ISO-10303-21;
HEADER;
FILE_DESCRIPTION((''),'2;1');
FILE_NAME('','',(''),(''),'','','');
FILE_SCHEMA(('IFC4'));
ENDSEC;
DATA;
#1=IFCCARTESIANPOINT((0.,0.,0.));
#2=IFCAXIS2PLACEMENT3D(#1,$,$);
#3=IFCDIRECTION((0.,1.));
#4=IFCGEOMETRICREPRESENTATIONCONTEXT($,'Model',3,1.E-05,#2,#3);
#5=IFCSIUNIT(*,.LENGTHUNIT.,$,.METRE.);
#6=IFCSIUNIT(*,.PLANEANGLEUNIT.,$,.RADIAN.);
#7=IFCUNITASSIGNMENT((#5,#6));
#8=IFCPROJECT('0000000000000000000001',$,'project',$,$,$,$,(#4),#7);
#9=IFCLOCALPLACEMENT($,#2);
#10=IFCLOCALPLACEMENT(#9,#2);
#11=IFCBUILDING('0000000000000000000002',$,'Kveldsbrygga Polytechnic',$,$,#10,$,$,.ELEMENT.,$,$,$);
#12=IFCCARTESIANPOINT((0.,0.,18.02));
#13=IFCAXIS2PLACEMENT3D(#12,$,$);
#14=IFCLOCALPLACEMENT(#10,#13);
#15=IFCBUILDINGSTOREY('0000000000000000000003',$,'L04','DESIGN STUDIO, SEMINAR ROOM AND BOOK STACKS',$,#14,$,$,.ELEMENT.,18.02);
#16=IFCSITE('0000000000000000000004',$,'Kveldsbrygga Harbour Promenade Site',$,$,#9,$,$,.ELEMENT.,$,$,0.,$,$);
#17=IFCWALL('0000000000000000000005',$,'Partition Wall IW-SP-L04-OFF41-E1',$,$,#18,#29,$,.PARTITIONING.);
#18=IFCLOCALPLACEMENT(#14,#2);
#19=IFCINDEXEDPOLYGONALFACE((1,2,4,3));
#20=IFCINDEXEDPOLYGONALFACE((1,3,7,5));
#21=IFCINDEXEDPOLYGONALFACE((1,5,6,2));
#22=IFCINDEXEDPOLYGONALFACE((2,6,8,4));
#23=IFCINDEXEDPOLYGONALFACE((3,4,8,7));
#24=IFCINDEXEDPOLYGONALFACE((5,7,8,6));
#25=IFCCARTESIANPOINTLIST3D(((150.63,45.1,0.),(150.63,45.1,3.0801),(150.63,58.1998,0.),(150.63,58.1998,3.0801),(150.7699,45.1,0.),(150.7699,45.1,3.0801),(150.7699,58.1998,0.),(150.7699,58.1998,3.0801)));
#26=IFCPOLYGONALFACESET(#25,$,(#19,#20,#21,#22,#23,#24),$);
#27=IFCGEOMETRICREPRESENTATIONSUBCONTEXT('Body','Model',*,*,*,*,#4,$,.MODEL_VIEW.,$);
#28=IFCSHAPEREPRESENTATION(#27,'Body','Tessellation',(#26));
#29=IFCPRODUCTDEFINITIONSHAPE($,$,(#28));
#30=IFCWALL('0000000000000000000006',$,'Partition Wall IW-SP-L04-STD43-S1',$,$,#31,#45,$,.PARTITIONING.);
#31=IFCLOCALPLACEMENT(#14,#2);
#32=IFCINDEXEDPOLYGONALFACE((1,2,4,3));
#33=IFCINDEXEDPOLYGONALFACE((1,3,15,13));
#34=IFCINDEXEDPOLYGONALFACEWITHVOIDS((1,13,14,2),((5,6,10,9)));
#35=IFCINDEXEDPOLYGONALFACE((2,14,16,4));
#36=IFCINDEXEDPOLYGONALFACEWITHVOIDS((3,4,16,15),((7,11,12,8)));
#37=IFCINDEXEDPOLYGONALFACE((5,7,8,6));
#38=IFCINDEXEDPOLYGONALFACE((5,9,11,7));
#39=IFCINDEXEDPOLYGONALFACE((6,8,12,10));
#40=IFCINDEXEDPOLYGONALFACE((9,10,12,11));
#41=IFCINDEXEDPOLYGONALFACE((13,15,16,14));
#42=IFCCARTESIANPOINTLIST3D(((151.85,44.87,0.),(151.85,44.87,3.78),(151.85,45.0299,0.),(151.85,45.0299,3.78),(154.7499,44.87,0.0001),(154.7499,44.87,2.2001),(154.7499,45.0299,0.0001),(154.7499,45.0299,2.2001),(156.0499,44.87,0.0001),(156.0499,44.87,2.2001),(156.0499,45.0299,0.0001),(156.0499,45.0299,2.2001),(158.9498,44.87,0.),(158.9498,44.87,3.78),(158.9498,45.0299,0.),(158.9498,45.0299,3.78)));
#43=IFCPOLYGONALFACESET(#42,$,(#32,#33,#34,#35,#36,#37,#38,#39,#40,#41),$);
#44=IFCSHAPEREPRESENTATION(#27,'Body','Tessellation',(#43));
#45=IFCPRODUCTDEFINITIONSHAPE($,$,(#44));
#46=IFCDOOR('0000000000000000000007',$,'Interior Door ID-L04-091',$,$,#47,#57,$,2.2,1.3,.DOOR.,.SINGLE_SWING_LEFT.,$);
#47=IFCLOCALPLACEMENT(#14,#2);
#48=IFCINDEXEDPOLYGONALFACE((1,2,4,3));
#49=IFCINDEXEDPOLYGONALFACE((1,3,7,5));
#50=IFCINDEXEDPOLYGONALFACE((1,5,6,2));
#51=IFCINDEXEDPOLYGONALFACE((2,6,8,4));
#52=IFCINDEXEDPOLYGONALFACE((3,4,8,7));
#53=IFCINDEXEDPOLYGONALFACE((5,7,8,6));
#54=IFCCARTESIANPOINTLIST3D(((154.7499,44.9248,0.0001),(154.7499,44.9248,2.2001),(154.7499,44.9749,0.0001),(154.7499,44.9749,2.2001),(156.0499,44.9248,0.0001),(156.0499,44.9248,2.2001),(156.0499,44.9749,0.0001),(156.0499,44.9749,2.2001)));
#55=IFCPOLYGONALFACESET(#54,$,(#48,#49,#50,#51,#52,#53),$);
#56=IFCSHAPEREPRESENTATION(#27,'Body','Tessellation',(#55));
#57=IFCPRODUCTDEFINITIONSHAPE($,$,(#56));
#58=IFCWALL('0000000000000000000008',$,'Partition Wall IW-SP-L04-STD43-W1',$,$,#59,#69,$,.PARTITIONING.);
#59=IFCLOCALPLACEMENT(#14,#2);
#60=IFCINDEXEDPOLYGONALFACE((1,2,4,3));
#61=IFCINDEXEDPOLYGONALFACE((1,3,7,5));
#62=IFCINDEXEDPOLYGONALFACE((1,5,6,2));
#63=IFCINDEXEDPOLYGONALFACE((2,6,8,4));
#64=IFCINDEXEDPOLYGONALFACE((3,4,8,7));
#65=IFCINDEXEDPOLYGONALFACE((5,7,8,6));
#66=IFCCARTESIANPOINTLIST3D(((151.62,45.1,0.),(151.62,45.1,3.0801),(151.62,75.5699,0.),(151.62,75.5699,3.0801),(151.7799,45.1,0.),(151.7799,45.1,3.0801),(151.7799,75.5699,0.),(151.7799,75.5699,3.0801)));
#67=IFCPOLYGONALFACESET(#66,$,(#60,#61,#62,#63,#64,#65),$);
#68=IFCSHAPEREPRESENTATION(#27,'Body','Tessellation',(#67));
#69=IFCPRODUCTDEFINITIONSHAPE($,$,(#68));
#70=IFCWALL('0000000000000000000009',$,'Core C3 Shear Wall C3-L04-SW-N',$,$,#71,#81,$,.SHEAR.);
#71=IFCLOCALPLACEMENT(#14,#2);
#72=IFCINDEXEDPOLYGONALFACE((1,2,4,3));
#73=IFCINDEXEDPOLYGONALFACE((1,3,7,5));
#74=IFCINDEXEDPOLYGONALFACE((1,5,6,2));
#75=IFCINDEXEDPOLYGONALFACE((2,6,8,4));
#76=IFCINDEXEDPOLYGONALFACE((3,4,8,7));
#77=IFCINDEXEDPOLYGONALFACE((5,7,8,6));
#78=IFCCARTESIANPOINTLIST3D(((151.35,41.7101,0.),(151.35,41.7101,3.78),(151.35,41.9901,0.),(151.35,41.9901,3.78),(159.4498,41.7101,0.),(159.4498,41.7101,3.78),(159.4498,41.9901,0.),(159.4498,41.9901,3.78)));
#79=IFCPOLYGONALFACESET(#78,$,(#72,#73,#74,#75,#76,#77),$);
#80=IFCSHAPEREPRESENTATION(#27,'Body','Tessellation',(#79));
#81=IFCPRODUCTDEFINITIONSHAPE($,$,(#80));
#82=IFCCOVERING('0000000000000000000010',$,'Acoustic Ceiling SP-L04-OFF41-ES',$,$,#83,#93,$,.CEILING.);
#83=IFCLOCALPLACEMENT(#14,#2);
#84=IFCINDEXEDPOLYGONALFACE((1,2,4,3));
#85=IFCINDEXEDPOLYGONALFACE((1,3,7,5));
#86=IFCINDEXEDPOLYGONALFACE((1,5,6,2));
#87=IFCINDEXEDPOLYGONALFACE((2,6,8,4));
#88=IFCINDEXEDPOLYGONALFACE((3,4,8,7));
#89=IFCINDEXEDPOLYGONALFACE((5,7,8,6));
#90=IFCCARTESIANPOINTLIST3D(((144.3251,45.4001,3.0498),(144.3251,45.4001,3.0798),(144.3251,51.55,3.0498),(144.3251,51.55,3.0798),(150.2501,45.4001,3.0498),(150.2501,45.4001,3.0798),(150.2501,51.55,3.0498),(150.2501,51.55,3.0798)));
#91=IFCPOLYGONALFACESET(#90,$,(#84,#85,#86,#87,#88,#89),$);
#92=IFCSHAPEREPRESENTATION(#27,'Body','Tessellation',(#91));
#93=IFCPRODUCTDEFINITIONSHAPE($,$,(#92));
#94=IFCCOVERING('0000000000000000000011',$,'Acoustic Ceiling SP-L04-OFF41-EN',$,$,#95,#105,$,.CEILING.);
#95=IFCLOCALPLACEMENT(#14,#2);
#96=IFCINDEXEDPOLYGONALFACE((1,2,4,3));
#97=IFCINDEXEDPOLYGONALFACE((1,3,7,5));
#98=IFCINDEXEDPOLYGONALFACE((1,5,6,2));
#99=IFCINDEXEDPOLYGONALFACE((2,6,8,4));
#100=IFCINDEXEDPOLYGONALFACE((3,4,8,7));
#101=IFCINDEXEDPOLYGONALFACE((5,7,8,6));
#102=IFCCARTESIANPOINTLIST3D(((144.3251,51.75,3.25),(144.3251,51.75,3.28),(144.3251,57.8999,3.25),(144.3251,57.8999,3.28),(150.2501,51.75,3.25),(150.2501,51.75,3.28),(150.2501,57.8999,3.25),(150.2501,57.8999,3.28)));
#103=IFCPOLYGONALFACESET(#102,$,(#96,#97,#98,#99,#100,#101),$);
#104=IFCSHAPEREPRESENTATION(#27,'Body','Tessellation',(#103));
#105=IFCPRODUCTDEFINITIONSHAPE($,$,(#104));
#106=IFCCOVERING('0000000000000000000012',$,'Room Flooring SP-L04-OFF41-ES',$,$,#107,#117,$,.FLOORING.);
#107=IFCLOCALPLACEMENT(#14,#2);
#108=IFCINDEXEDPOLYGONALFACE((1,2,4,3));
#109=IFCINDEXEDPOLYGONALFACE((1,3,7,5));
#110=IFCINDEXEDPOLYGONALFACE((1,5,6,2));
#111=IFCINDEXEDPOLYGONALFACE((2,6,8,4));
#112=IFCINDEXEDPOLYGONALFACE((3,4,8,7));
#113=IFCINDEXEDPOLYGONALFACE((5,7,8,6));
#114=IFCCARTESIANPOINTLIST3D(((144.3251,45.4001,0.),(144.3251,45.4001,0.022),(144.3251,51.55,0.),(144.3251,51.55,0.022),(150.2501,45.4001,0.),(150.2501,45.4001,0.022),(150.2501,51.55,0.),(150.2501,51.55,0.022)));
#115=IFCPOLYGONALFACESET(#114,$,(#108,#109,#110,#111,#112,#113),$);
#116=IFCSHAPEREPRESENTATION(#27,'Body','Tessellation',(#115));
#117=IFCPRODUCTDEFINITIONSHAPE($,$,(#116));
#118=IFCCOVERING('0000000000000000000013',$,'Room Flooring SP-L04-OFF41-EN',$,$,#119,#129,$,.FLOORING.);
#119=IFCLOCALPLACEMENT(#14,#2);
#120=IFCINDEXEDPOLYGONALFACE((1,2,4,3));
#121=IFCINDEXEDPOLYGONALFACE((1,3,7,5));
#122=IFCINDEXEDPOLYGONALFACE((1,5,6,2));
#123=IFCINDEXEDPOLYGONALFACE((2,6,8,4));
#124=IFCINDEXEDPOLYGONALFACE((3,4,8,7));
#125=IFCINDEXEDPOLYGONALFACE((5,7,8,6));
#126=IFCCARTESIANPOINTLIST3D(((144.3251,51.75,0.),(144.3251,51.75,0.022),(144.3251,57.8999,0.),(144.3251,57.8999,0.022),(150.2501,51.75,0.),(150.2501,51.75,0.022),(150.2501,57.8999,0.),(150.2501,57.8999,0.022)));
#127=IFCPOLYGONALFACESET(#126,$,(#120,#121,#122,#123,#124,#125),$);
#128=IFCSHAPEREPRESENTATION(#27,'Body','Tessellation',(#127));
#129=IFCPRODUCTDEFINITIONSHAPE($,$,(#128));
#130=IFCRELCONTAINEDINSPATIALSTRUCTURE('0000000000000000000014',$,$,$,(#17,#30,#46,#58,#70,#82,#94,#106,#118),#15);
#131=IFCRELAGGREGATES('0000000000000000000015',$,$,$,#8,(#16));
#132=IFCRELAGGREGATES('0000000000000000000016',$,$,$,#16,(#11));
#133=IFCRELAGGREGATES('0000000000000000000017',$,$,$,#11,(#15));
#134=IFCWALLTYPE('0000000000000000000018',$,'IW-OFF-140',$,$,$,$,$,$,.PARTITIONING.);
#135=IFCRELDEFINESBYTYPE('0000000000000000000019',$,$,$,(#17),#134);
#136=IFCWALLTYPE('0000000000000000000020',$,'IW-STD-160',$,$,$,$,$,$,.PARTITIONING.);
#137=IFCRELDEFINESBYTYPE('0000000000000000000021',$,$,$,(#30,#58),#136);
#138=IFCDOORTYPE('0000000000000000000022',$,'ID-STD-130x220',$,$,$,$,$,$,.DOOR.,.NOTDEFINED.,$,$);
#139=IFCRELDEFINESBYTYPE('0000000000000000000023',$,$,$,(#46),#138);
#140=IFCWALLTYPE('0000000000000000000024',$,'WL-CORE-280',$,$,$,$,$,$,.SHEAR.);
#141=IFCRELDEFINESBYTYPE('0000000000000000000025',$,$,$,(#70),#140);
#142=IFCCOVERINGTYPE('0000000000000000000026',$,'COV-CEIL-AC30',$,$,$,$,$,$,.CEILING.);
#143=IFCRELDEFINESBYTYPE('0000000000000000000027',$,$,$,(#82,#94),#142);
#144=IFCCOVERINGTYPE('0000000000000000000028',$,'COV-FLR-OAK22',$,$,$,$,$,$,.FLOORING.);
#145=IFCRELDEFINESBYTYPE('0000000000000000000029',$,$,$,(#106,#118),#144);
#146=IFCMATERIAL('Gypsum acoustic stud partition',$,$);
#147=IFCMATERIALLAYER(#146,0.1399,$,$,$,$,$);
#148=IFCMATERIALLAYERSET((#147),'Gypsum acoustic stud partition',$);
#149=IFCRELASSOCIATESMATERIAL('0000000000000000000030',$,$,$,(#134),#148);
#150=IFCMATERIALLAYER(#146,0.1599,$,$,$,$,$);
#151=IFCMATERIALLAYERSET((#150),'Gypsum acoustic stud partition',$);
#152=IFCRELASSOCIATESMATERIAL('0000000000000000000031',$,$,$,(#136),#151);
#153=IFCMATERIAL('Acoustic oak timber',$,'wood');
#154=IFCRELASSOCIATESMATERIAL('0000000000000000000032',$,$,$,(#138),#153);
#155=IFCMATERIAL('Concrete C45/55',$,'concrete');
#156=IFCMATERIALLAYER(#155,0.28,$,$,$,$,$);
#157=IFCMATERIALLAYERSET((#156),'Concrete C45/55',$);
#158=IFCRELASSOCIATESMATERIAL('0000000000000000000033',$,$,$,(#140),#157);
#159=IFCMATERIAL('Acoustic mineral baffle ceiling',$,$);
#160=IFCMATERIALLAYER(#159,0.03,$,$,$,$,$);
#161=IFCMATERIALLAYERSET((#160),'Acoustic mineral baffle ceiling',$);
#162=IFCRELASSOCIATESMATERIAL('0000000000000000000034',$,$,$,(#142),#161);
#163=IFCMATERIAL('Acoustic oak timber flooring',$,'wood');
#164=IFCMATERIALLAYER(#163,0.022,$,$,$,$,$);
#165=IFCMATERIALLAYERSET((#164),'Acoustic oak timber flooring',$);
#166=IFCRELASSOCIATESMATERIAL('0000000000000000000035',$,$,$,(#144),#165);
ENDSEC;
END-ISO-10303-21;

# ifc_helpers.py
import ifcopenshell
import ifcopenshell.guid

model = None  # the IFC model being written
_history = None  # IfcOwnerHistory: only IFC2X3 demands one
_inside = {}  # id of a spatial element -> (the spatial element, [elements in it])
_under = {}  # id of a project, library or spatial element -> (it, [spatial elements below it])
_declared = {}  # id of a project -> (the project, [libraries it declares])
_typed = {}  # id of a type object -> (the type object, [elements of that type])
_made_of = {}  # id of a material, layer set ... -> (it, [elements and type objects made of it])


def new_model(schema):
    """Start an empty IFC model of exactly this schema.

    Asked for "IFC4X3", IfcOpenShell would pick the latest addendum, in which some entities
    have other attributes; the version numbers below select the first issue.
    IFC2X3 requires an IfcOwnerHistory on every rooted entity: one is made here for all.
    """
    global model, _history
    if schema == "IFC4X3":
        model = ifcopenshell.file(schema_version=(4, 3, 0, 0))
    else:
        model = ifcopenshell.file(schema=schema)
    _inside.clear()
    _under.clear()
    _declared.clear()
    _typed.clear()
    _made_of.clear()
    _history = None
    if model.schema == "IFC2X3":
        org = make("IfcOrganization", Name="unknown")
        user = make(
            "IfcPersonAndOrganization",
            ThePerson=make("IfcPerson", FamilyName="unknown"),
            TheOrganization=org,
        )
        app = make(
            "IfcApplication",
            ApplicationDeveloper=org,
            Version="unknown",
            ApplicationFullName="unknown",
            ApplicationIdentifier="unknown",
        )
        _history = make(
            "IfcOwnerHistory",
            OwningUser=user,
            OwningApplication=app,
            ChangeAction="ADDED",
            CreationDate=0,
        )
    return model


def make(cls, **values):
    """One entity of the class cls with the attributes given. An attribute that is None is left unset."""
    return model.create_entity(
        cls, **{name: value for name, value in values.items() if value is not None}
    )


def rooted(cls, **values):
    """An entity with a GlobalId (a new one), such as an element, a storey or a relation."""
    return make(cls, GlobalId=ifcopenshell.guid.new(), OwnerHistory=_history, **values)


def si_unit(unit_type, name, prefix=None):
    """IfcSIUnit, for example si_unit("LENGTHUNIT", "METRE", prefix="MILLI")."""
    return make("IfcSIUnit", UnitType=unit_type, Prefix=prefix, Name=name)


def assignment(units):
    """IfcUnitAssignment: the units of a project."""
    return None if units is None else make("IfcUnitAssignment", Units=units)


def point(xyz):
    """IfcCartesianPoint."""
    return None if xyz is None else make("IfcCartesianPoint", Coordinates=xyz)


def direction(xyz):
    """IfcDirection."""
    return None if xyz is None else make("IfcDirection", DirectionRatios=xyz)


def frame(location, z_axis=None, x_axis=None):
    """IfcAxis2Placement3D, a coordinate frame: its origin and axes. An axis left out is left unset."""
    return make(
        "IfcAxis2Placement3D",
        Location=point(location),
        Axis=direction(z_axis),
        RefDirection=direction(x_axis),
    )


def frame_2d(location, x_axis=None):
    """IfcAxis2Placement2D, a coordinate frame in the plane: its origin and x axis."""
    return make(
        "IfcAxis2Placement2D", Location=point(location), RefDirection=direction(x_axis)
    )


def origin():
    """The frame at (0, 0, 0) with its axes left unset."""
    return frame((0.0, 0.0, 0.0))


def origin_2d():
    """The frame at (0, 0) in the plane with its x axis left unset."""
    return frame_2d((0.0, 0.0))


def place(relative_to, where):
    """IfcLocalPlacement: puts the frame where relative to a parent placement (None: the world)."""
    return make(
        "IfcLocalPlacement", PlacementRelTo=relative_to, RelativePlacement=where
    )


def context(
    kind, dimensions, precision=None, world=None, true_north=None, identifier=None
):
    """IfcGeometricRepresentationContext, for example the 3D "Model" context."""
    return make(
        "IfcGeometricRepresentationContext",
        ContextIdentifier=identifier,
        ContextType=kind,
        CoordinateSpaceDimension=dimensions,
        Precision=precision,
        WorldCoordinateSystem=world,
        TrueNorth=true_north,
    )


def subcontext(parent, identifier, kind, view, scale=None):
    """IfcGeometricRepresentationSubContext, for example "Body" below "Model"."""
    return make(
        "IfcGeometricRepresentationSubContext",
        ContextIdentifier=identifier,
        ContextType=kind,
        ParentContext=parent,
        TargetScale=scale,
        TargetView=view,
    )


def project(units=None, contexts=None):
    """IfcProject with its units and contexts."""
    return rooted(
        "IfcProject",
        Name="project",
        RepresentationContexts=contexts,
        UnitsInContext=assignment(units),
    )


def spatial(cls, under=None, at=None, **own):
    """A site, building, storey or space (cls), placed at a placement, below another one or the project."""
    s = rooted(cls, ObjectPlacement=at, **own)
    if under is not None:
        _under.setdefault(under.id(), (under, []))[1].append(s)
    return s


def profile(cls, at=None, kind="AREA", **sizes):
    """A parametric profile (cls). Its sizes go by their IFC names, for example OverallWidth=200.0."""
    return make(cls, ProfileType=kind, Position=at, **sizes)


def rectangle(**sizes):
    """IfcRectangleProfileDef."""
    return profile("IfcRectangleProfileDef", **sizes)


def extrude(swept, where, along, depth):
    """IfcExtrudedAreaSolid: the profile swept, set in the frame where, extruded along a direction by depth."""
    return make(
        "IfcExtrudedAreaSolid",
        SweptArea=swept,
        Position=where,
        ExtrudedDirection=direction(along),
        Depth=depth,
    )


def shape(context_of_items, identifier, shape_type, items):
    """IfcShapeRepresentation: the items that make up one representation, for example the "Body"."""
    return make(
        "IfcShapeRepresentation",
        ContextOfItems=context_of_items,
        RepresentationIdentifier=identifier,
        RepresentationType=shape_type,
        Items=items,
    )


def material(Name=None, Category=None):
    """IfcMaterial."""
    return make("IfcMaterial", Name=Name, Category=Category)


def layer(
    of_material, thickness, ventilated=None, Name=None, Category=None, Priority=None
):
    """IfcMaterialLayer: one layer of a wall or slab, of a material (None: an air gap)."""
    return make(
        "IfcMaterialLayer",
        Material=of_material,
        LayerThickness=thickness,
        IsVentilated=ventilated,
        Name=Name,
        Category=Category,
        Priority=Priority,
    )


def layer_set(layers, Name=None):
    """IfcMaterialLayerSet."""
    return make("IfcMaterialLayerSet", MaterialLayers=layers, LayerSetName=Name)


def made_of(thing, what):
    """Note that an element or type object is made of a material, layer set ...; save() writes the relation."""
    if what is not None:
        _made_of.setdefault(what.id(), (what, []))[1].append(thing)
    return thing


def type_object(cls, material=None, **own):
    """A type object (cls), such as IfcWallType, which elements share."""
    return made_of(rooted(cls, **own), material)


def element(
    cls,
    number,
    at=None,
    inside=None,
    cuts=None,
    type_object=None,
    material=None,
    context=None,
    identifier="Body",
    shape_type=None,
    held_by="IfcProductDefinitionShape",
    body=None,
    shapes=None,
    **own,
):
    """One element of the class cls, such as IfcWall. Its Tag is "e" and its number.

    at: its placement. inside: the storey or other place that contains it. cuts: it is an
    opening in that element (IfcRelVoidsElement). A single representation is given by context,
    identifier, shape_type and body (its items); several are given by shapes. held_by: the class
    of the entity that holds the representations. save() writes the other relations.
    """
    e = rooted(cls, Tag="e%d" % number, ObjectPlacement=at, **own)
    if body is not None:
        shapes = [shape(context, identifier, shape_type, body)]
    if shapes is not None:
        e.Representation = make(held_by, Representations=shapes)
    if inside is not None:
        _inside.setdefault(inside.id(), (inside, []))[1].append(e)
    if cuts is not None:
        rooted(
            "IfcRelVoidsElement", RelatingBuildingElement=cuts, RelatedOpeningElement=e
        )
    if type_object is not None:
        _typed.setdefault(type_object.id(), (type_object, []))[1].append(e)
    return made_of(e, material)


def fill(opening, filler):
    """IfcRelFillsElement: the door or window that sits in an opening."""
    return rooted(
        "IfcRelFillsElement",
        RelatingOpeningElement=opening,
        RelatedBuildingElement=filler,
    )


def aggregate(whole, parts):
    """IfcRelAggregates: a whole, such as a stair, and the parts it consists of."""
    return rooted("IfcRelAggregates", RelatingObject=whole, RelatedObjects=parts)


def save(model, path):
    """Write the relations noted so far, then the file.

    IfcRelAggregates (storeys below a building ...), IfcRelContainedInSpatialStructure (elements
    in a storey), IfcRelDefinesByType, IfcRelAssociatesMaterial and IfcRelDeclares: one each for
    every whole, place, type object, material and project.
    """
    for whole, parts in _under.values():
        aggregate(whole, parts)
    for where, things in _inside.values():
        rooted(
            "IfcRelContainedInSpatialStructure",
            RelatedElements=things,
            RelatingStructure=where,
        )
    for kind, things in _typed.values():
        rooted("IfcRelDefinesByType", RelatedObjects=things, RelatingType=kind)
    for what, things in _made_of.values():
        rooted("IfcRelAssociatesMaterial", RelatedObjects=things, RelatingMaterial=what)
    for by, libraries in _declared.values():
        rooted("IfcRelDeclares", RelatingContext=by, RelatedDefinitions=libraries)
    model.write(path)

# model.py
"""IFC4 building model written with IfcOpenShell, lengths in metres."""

from ifc_helpers import new_model, si_unit, direction, frame, frame_2d, origin, origin_2d, place, context, subcontext, project, spatial, rectangle, extrude, material, layer, layer_set, type_object, element, fill, save


model = new_model("IFC4")

# Units and contexts
model_context = context("Model", 3, precision=1e-05, world=origin(), true_north=direction((0.0, 1.0)))
body_context = subcontext(model_context, "Body", "Model", "MODEL_VIEW")
ifc_project = project(units=[si_unit("LENGTHUNIT", "METRE"), si_unit("PLANEANGLEUNIT", "RADIAN")], contexts=[model_context])

# Site, building, storey
site_placement = place(None, origin())
site = spatial("IfcSite", under=ifc_project, at=site_placement, Name="Kveldsbrygga Harbour Promenade Site", CompositionType="ELEMENT", RefElevation=0.0)
building_placement = place(site_placement, origin())
building = spatial("IfcBuilding", under=site, at=building_placement, Name="Kveldsbrygga Polytechnic", CompositionType="ELEMENT")
storey_placement = place(building_placement, frame((0.0, 0.0, 18.02)))
storey = spatial("IfcBuildingStorey", under=building, at=storey_placement, Name="L04", Description="DESIGN STUDIO, SEMINAR ROOM AND BOOK STACKS", CompositionType="ELEMENT", Elevation=18.02)

# Shared definitions
ifc_material_1 = material(Name="Concrete C45/55", Category="concrete")

# Wall
ifc_material_2 = material(Name="Gypsum acoustic stud partition")
ifc_layer_1 = layer(ifc_material_2, 0.1399)
ifc_layer_set_1 = layer_set([ifc_layer_1], Name="Gypsum acoustic stud partition")
wall_type_1 = type_object("IfcWallType", Name="IW-OFF-140", PredefinedType="PARTITIONING", material=ifc_layer_set_1)
wall_1_placement = place(storey_placement, frame((150.7, 45.1001, 0.0), z_axis=(0.0, 0.0, 1.0), x_axis=(0.0, 1.0, 0.0)))
element("IfcWall", 1, at=wall_1_placement, inside=storey, type_object=wall_type_1, Name="Partition Wall IW-SP-L04-OFF41-E1", PredefinedType="PARTITIONING", context=body_context, shape_type="SweptSolid", body=[
    extrude(rectangle(XDim=13.0999, YDim=0.1399, at=frame_2d((6.5498, 0.0))), origin(), (0.0, 0.0, 1.0), 3.0801),
])

# Wall, opening, door
ifc_layer_2 = layer(ifc_material_2, 0.1599)
ifc_layer_set_2 = layer_set([ifc_layer_2], Name="Gypsum acoustic stud partition")
wall_type_2 = type_object("IfcWallType", Name="IW-STD-160", PredefinedType="PARTITIONING", material=ifc_layer_set_2)
wall_2_placement = place(storey_placement, frame((151.8501, 44.95, 0.0), z_axis=(0.0, 0.0, 1.0), x_axis=(1.0, 0.0, 0.0)))
wall_2 = element("IfcWall", 2, at=wall_2_placement, inside=storey, type_object=wall_type_2, Name="Partition Wall IW-SP-L04-STD43-S1", PredefinedType="PARTITIONING", context=body_context, shape_type="SweptSolid", body=[
    extrude(rectangle(XDim=7.0999, YDim=0.1599, at=frame_2d((3.5498, 0.0))), origin(), (0.0, 0.0, 1.0), 3.78),
])
opening_placement = place(wall_2_placement, frame((2.8999, 0.0, 0.0)))
opening = element("IfcOpeningElement", 3, at=opening_placement, cuts=wall_2, PredefinedType="OPENING", context=body_context, shape_type="SweptSolid", body=[
    extrude(rectangle(XDim=1.3, YDim=2.2, at=frame_2d((0.6499, 1.1001))), frame((0.0, 0.0898, 0.0), z_axis=(0.0, -1.0, 0.0), x_axis=(1.0, 0.0, 0.0)), (0.0, 0.0, 1.0), 0.1799),
])
ifc_material_3 = material(Name="Acoustic oak timber", Category="wood")
door_type = type_object("IfcDoorType", Name="ID-STD-130x220", OperationType="NOTDEFINED", PredefinedType="DOOR", material=ifc_material_3)
door_placement = place(opening_placement, origin())
door = element("IfcDoor", 4, at=door_placement, inside=storey, type_object=door_type, Name="Interior Door ID-L04-091", OperationType="SINGLE_SWING_LEFT", OverallHeight=2.2, OverallWidth=1.3, PredefinedType="DOOR", context=body_context, shape_type="SweptSolid", body=[
    extrude(rectangle(XDim=1.3, YDim=2.2, at=frame_2d((0.6499, 1.1001))), frame((0.0, 0.0249, 0.0), z_axis=(0.0, -1.0, 0.0), x_axis=(1.0, 0.0, 0.0)), (0.0, 0.0, 1.0), 0.05),
])
fill(opening, door)

# Walls
wall_3_placement = place(storey_placement, frame((151.7, 45.1001, 0.0), z_axis=(0.0, 0.0, 1.0), x_axis=(0.0, 1.0, 0.0)))
element("IfcWall", 5, at=wall_3_placement, inside=storey, type_object=wall_type_2, Name="Partition Wall IW-SP-L04-STD43-W1", PredefinedType="PARTITIONING", context=body_context, shape_type="SweptSolid", body=[
    extrude(rectangle(XDim=30.47, YDim=0.1599, at=frame_2d((15.2349, 0.0))), origin(), (0.0, 0.0, 1.0), 3.0801),
])
ifc_layer_3 = layer(ifc_material_1, 0.28)
ifc_layer_set_3 = layer_set([ifc_layer_3], Name="Concrete C45/55")
wall_type_3 = type_object("IfcWallType", Name="WL-CORE-280", PredefinedType="SHEAR", material=ifc_layer_set_3)
wall_4_placement = place(storey_placement, frame((151.3501, 41.8501, 0.0), z_axis=(0.0, 0.0, 1.0), x_axis=(1.0, 0.0, 0.0)))
element("IfcWall", 6, at=wall_4_placement, inside=storey, type_object=wall_type_3, Name="Core C3 Shear Wall C3-L04-SW-N", PredefinedType="SHEAR", context=body_context, shape_type="SweptSolid", body=[
    extrude(rectangle(XDim=8.0999, YDim=0.28, at=frame_2d((4.0498, 0.0))), origin(), (0.0, 0.0, 1.0), 3.78),
])

# Coverings
ifc_material_4 = material(Name="Acoustic mineral baffle ceiling")
ifc_layer_4 = layer(ifc_material_4, 0.03)
ifc_layer_set_4 = layer_set([ifc_layer_4], Name="Acoustic mineral baffle ceiling")
covering_type_1 = type_object("IfcCoveringType", Name="COV-CEIL-AC30", PredefinedType="CEILING", material=ifc_layer_set_4)
for number, where, z_axis, x_axis, name in (
    (7, (147.2876, 48.4751, 3.0498), (0.0, 0.0, 1.0), (1.0, 0.0, 0.0), "Acoustic Ceiling SP-L04-OFF41-ES"),
    (8, (147.2876, 54.825, 3.25), (0.0, 0.0, 1.0), (1.0, 0.0, 0.0), "Acoustic Ceiling SP-L04-OFF41-EN"),
):
    element("IfcCovering", number, at=place(storey_placement, frame(where, z_axis=z_axis, x_axis=x_axis)), inside=storey, type_object=covering_type_1, Name=name, PredefinedType="CEILING", context=body_context, shape_type="SweptSolid", body=[
        extrude(rectangle(XDim=5.925, YDim=6.1499, at=origin_2d()), origin(), (0.0, 0.0, 1.0), 0.03),
    ])
ifc_material_5 = material(Name="Acoustic oak timber flooring", Category="wood")
ifc_layer_5 = layer(ifc_material_5, 0.022)
ifc_layer_set_5 = layer_set([ifc_layer_5], Name="Acoustic oak timber flooring")
covering_type_2 = type_object("IfcCoveringType", Name="COV-FLR-OAK22", PredefinedType="FLOORING", material=ifc_layer_set_5)
for number, where, z_axis, x_axis, name in (
    (9, (147.2876, 48.4751, 0.0), (0.0, 0.0, 1.0), (1.0, 0.0, 0.0), "Room Flooring SP-L04-OFF41-ES"),
    (10, (147.2876, 54.825, 0.0), (0.0, 0.0, 1.0), (1.0, 0.0, 0.0), "Room Flooring SP-L04-OFF41-EN"),
):
    element("IfcCovering", number, at=place(storey_placement, frame(where, z_axis=z_axis, x_axis=x_axis)), inside=storey, type_object=covering_type_2, Name=name, PredefinedType="FLOORING", context=body_context, shape_type="SweptSolid", body=[
        extrude(rectangle(XDim=5.925, YDim=6.1499, at=origin_2d()), origin(), (0.0, 0.0, 1.0), 0.022),
    ])

save(model, "model.ifc")
